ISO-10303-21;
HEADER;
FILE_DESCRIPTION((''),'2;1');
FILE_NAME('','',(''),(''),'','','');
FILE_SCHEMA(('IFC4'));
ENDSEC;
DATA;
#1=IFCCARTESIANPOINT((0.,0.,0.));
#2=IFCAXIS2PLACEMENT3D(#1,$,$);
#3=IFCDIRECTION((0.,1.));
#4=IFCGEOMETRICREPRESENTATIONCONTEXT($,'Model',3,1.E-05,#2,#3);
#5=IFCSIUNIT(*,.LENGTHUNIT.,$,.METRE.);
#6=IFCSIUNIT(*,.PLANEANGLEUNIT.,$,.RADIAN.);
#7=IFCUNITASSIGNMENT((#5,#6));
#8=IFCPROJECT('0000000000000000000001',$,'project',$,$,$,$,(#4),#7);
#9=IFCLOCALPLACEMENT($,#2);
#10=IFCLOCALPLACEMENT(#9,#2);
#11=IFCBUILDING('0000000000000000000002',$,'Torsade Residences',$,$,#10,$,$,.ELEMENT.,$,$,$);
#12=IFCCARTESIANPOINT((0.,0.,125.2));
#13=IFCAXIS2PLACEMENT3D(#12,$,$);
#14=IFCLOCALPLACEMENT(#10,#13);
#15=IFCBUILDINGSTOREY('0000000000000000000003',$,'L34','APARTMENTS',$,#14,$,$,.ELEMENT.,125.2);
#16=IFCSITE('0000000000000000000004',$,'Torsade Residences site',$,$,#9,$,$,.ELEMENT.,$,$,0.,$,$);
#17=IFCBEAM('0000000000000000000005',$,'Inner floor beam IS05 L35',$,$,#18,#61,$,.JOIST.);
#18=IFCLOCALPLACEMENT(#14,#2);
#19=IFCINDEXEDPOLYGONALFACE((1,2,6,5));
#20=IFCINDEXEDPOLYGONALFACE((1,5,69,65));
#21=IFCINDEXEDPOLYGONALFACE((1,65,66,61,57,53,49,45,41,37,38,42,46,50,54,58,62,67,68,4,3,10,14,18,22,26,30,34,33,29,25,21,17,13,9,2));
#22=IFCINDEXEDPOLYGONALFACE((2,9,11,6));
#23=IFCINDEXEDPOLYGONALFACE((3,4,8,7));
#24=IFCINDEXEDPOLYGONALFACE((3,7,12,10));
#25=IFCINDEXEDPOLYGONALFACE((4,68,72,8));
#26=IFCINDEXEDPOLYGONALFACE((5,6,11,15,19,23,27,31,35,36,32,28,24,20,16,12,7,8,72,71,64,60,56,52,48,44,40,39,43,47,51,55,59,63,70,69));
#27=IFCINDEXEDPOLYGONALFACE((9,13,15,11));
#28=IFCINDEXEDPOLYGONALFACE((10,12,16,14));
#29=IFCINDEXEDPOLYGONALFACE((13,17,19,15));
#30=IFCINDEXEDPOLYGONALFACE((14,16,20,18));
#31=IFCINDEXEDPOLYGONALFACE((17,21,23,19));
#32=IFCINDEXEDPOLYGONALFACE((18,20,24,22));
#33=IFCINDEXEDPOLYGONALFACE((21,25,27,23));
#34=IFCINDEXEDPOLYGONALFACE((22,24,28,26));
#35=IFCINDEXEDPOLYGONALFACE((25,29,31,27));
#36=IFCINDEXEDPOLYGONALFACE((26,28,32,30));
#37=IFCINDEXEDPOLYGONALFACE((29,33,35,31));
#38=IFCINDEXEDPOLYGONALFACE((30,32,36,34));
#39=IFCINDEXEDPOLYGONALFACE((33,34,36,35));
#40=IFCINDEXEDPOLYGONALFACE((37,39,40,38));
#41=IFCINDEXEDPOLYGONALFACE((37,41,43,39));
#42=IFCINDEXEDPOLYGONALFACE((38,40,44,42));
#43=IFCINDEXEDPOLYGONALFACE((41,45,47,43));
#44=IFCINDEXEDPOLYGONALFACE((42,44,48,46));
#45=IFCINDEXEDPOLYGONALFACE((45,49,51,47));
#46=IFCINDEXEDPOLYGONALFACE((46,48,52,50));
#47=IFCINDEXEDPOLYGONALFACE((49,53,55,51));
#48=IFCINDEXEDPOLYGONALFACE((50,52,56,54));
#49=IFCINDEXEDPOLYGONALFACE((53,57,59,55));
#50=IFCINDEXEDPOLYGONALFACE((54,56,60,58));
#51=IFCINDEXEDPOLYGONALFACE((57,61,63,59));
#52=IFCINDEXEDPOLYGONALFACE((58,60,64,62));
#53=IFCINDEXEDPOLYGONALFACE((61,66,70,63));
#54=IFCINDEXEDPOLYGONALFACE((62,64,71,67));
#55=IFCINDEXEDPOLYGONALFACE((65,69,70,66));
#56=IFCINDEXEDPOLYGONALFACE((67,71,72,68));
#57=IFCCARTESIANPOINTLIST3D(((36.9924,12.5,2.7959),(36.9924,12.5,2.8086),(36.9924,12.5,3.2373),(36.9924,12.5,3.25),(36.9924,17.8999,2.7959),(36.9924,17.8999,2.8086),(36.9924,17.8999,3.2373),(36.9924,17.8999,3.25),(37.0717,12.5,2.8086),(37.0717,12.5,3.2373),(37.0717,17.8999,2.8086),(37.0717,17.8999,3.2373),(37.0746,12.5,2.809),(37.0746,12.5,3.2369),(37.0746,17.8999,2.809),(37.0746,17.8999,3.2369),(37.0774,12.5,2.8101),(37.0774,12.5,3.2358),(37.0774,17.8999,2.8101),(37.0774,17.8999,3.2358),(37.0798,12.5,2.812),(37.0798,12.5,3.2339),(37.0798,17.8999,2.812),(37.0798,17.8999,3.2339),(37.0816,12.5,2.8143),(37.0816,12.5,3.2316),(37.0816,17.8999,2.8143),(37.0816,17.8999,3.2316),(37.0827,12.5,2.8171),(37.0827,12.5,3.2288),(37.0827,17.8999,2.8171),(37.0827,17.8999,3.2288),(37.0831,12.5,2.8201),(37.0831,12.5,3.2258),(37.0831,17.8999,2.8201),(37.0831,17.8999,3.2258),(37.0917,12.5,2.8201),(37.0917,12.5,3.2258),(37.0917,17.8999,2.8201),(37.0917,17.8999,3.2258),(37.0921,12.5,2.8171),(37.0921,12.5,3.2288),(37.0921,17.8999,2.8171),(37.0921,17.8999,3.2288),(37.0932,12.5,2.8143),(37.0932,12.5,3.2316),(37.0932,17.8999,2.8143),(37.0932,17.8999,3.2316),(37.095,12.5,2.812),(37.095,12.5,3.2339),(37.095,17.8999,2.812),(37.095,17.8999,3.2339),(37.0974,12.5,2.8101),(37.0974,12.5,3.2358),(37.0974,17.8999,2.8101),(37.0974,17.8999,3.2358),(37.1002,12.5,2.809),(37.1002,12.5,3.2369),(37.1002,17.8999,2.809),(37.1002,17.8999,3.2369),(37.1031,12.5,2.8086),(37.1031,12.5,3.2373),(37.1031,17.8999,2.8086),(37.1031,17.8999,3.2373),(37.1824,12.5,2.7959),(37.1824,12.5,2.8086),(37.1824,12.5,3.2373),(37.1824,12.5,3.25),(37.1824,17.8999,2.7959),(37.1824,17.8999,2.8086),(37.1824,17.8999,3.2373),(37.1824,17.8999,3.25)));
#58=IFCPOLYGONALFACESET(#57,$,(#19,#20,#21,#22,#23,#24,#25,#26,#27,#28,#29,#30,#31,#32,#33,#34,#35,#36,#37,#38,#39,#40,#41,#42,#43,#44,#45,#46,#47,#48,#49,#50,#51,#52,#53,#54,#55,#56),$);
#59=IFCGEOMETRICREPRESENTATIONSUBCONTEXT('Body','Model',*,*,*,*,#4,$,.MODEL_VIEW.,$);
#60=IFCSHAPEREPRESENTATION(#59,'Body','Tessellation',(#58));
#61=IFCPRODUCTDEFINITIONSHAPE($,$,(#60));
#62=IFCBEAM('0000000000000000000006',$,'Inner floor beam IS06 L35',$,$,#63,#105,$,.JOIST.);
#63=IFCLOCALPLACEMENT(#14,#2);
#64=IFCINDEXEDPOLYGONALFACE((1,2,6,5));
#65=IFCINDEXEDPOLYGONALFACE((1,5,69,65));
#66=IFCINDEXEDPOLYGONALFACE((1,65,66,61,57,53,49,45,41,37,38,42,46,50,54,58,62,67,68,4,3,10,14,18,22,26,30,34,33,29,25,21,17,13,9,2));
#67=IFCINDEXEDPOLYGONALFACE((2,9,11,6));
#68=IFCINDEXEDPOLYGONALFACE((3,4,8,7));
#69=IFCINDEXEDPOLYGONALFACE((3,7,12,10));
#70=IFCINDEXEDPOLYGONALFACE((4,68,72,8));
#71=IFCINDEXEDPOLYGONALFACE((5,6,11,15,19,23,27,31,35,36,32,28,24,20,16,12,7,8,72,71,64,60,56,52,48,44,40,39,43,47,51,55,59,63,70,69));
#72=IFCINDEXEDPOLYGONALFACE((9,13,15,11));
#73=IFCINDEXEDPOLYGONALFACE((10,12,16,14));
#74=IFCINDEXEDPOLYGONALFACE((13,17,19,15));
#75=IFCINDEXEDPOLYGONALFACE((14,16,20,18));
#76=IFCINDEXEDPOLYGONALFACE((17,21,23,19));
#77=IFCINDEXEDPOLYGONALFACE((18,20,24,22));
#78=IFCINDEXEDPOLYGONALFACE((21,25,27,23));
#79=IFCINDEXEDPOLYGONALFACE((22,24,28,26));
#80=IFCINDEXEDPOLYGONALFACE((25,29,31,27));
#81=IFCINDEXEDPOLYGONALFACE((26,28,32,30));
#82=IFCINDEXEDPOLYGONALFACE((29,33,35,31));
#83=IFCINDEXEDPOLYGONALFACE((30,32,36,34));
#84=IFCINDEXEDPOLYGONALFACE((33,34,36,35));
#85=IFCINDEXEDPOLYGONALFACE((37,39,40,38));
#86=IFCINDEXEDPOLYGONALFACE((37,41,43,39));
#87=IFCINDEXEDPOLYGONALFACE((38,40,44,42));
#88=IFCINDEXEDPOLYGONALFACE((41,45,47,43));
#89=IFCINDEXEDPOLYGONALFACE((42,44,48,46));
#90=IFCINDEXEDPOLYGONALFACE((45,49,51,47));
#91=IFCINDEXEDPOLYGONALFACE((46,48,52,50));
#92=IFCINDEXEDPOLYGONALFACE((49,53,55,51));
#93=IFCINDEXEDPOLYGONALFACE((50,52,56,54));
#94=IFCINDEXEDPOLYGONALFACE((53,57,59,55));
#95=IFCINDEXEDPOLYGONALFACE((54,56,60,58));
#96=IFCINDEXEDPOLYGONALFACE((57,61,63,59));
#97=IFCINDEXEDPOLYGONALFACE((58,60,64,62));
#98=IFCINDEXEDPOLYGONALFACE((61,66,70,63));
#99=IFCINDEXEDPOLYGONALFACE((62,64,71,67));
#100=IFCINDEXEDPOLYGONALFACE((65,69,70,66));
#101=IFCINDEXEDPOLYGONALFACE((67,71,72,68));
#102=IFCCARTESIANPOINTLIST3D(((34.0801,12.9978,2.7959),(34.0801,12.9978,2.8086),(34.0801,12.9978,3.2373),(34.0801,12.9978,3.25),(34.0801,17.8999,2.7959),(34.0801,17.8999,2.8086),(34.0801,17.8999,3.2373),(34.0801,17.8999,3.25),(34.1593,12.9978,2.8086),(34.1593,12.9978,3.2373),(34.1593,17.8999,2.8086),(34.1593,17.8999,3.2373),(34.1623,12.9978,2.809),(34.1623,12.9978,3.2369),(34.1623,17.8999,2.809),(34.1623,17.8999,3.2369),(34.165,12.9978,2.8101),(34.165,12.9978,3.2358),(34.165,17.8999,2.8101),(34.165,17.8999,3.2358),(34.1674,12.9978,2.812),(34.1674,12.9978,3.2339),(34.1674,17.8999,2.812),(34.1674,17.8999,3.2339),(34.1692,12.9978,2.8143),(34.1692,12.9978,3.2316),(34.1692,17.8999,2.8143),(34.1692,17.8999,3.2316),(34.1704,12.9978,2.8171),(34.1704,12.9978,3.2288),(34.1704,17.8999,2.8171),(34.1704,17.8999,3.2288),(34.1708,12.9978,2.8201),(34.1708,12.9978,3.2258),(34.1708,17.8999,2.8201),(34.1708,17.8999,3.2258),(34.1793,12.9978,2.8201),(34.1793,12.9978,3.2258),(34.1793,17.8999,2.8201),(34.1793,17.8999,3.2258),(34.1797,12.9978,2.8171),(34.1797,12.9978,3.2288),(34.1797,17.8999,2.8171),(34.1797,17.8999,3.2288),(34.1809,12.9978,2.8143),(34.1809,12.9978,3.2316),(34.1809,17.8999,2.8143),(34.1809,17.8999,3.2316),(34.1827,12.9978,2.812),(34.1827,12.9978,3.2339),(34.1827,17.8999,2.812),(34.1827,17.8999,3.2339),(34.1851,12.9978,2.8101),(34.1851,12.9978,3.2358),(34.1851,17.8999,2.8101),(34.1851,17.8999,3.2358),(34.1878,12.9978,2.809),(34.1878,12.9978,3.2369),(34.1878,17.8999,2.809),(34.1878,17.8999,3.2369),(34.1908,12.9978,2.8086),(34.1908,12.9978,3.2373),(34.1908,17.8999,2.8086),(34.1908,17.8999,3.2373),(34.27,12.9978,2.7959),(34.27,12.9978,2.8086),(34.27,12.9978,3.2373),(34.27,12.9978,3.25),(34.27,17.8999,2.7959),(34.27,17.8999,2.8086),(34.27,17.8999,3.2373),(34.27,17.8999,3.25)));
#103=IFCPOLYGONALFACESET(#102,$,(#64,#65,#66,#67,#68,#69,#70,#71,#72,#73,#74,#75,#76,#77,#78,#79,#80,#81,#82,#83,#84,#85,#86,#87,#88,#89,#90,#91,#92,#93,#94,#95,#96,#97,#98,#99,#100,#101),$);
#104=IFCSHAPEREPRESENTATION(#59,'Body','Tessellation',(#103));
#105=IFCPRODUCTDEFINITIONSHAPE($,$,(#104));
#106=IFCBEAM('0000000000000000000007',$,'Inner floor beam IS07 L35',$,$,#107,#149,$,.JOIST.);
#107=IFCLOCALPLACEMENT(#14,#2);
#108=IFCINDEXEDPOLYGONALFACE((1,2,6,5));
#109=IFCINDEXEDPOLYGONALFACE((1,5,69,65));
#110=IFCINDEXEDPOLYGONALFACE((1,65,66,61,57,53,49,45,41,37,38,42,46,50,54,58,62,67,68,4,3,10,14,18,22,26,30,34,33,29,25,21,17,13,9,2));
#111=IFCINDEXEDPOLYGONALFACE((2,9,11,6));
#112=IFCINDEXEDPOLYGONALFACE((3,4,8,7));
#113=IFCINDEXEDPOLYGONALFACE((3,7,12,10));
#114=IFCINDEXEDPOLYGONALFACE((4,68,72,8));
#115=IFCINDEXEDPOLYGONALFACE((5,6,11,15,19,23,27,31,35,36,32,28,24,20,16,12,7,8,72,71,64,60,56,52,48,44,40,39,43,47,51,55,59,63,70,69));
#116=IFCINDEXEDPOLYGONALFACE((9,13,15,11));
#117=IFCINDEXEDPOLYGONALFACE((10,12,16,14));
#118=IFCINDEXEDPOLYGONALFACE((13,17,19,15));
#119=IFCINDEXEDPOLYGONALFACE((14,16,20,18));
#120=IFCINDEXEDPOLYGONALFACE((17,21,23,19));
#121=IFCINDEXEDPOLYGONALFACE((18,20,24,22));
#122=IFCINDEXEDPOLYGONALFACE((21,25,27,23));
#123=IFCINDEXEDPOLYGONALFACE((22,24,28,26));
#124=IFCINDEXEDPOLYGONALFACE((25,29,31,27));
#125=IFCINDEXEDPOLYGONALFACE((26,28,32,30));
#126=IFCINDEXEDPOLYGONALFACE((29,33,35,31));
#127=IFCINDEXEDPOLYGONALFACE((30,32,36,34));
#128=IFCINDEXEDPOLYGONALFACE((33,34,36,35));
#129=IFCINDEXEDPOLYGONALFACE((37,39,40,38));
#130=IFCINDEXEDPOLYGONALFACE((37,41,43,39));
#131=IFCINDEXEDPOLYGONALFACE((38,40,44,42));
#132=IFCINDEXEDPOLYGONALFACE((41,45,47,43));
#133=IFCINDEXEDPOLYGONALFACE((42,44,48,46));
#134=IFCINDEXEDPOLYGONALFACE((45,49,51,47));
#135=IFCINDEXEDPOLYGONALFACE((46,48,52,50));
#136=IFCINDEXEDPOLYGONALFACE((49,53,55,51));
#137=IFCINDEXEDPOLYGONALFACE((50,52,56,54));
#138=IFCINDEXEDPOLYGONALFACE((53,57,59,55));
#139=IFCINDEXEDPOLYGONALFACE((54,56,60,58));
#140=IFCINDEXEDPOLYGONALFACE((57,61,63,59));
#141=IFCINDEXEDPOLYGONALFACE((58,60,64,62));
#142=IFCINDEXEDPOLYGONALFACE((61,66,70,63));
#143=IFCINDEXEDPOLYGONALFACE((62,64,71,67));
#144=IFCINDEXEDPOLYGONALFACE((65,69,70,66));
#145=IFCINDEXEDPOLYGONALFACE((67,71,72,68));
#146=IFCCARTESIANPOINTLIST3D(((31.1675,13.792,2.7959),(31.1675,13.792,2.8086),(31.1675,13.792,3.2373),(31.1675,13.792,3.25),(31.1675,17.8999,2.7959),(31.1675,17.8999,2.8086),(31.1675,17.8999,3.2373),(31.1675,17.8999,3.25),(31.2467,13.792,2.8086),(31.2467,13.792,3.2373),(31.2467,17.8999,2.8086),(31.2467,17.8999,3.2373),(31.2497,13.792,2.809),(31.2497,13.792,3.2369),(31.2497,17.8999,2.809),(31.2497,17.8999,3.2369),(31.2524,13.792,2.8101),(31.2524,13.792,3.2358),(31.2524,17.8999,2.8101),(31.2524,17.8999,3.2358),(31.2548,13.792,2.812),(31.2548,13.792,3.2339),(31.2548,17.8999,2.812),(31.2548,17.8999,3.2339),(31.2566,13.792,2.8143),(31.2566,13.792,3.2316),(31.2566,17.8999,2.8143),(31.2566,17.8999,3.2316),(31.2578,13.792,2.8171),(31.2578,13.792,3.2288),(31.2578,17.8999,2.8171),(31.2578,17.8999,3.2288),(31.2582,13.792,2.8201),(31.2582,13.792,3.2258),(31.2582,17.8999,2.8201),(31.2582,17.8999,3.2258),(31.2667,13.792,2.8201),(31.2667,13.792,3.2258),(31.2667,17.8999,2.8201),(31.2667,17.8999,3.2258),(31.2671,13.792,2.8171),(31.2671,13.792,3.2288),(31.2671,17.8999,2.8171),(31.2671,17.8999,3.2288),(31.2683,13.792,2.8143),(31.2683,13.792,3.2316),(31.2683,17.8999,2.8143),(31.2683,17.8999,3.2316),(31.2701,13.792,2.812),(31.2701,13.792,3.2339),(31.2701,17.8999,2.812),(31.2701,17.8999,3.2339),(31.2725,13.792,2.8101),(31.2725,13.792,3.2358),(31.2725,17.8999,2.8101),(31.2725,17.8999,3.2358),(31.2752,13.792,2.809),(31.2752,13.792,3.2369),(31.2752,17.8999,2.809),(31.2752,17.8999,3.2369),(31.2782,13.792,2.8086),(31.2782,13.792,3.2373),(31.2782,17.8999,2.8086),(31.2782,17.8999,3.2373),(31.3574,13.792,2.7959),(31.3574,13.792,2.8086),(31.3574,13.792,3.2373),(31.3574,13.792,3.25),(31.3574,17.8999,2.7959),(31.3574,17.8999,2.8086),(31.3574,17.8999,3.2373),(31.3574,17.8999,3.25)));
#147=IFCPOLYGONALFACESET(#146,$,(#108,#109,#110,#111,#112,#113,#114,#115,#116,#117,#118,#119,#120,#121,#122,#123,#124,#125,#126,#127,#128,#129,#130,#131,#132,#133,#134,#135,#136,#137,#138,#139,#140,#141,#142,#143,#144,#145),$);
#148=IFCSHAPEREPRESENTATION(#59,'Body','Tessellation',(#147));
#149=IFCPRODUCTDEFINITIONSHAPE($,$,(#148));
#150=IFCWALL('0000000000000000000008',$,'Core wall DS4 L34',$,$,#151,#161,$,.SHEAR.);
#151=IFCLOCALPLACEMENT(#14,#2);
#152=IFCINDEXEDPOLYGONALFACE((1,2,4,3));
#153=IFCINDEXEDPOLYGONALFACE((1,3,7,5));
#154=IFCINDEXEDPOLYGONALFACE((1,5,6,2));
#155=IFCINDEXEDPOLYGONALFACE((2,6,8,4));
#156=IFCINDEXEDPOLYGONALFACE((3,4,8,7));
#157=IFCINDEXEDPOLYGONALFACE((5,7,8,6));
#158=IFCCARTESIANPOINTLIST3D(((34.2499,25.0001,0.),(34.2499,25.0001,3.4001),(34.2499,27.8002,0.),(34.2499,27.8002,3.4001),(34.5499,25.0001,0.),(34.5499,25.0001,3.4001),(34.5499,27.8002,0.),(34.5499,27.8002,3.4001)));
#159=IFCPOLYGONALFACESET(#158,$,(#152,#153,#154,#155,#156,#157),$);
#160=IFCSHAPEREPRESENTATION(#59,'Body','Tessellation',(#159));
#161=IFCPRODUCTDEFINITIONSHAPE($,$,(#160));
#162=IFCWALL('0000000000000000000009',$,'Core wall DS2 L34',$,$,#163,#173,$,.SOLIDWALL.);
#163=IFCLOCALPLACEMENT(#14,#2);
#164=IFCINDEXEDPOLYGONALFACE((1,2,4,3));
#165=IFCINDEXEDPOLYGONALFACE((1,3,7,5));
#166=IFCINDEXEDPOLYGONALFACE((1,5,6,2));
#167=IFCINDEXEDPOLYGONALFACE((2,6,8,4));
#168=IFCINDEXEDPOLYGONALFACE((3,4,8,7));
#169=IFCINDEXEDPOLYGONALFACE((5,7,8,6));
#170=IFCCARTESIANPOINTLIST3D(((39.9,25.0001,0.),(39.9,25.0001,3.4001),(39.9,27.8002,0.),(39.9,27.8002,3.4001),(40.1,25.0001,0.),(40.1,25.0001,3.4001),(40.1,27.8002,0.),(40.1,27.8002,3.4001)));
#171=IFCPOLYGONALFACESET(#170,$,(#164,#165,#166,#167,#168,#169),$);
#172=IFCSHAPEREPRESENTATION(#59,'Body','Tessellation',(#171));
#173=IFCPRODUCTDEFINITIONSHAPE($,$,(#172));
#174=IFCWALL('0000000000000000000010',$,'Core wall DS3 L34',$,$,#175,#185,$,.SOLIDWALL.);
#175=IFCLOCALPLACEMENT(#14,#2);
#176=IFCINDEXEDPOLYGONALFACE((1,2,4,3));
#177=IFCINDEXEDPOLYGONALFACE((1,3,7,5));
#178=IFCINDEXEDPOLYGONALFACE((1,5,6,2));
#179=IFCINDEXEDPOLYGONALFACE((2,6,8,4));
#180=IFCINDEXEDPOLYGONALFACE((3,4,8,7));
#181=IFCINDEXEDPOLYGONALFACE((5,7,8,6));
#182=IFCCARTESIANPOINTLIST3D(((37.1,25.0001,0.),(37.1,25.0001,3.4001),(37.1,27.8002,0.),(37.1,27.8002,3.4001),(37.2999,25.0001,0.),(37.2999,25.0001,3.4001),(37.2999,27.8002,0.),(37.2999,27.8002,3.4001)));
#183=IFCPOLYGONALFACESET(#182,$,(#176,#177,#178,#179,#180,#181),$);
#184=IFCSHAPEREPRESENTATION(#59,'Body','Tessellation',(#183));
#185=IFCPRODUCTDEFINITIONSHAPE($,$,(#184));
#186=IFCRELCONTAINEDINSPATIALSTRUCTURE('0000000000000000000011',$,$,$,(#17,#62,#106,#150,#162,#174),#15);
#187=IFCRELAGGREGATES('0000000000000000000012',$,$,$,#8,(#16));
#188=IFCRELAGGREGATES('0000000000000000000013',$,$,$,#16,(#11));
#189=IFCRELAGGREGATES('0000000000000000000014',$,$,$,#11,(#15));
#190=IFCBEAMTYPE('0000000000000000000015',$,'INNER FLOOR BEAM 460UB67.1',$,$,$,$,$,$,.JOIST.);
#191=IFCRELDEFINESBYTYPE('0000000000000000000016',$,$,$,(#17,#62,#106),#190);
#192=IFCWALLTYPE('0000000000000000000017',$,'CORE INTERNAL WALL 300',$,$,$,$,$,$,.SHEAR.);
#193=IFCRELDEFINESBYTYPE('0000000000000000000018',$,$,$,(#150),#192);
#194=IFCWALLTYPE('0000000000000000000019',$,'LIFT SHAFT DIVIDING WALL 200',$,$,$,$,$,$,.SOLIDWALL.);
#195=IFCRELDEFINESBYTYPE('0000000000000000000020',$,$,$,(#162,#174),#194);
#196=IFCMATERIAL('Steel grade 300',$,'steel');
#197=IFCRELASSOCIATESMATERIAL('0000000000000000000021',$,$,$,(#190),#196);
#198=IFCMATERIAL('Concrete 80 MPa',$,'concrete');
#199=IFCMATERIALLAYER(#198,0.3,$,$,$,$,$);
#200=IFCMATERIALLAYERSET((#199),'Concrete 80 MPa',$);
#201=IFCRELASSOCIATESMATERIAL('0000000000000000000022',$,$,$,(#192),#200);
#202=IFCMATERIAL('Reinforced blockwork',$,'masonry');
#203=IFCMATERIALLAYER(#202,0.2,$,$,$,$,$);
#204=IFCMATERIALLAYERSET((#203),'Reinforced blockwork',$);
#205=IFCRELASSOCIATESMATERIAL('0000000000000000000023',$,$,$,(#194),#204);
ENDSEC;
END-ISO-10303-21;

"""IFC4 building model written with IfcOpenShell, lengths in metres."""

from ifc_helpers import new_model, si_unit, direction, frame, frame_2d, origin, origin_2d, place, context, subcontext, project, spatial, rectangle, i_section, extrude, material, layer, layer_set, material_profile, profile_set, type_object, element, save


model = new_model("IFC4")

# Units and contexts
model_context = context("Model", 3, precision=1e-05, world=origin(), true_north=direction((0.0, 1.0)))
body_context = subcontext(model_context, "Body", "Model", "MODEL_VIEW")
ifc_project = project(units=[si_unit("LENGTHUNIT", "METRE"), si_unit("PLANEANGLEUNIT", "RADIAN")], contexts=[model_context])

# Site, building, storey
site_placement = place(None, origin())
site = spatial("IfcSite", under=ifc_project, at=site_placement, Name="Torsade Residences site", CompositionType="ELEMENT", RefElevation=0.0)
building_placement = place(site_placement, origin())
building = spatial("IfcBuilding", under=site, at=building_placement, Name="Torsade Residences", CompositionType="ELEMENT")
storey_placement = place(building_placement, frame((0.0, 0.0, 125.2)))
storey = spatial("IfcBuildingStorey", under=building, at=storey_placement, Name="L34", Description="APARTMENTS", CompositionType="ELEMENT", Elevation=125.2)

# Beams
ifc_material_1 = material(Name="Steel grade 300", Category="steel")
ifc_material_profile = material_profile(ifc_material_1, i_section(OverallWidth=0.1899, OverallDepth=0.4541, WebThickness=0.0085, FlangeThickness=0.0127, FilletRadius=0.0115, at=origin_2d()), Name="460UB67.1")
ifc_profile_set = profile_set([ifc_material_profile], Name="Steel grade 300")
beam_type = type_object("IfcBeamType", Name="INNER FLOOR BEAM 460UB67.1", PredefinedType="JOIST", material=ifc_profile_set)
beam_1_placement = place(storey_placement, frame((37.0874, 17.8999, 3.0229), z_axis=(0.0, -1.0, 0.0), x_axis=(1.0, 0.0, 0.0)))
element("IfcBeam", 1, at=beam_1_placement, inside=storey, type_object=beam_type, Name="Inner floor beam IS05 L35", PredefinedType="JOIST", context=body_context, shape_type="SweptSolid", body=[
    extrude(i_section(OverallWidth=0.1899, OverallDepth=0.4541, WebThickness=0.0085, FlangeThickness=0.0127, FilletRadius=0.0115, at=origin_2d()), origin(), (0.0, 0.0, 1.0), 5.3999),
])
beam_2_placement = place(storey_placement, frame((34.175, 17.8999, 3.0229), z_axis=(0.0, -1.0, 0.0), x_axis=(1.0, 0.0, 0.0)))
element("IfcBeam", 2, at=beam_2_placement, inside=storey, type_object=beam_type, Name="Inner floor beam IS06 L35", PredefinedType="JOIST", context=body_context, shape_type="SweptSolid", body=[
    extrude(i_section(OverallWidth=0.1899, OverallDepth=0.4541, WebThickness=0.0085, FlangeThickness=0.0127, FilletRadius=0.0115, at=origin_2d()), origin(), (0.0, 0.0, 1.0), 4.9021),
])
beam_3_placement = place(storey_placement, frame((31.2625, 17.8999, 3.0229), z_axis=(0.0, -1.0, 0.0), x_axis=(1.0, 0.0, 0.0)))
element("IfcBeam", 3, at=beam_3_placement, inside=storey, type_object=beam_type, Name="Inner floor beam IS07 L35", PredefinedType="JOIST", context=body_context, shape_type="SweptSolid", body=[
    extrude(i_section(OverallWidth=0.1899, OverallDepth=0.4541, WebThickness=0.0085, FlangeThickness=0.0127, FilletRadius=0.0115, at=origin_2d()), origin(), (0.0, 0.0, 1.0), 4.1079),
])

# Walls
ifc_material_2 = material(Name="Concrete 80 MPa", Category="concrete")
ifc_layer_1 = layer(ifc_material_2, 0.3)
ifc_layer_set_1 = layer_set([ifc_layer_1], Name="Concrete 80 MPa")
wall_type_1 = type_object("IfcWallType", Name="CORE INTERNAL WALL 300", PredefinedType="SHEAR", material=ifc_layer_set_1)
wall_1_placement = place(storey_placement, frame((34.3999, 27.8, 0.0), z_axis=(0.0, 0.0, 1.0), x_axis=(0.0, -1.0, 0.0)))
element("IfcWall", 4, at=wall_1_placement, inside=storey, type_object=wall_type_1, Name="Core wall DS4 L34", PredefinedType="SHEAR", context=body_context, shape_type="SweptSolid", body=[
    extrude(rectangle(XDim=2.8, YDim=0.3, at=frame_2d((1.3999, 0.0))), origin(), (0.0, 0.0, 1.0), 3.4001),
])
ifc_material_3 = material(Name="Reinforced blockwork", Category="masonry")
ifc_layer_2 = layer(ifc_material_3, 0.2)
ifc_layer_set_2 = layer_set([ifc_layer_2], Name="Reinforced blockwork")
wall_type_2 = type_object("IfcWallType", Name="LIFT SHAFT DIVIDING WALL 200", PredefinedType="SOLIDWALL", material=ifc_layer_set_2)
for number, where, z_axis, x_axis, name in (
    (5, (40.0, 27.8, 0.0), (0.0, 0.0, 1.0), (0.0, -1.0, 0.0), "Core wall DS2 L34"),
    (6, (37.2, 27.8, 0.0), (0.0, 0.0, 1.0), (0.0, -1.0, 0.0), "Core wall DS3 L34"),
):
    element("IfcWall", number, at=place(storey_placement, frame(where, z_axis=z_axis, x_axis=x_axis)), inside=storey, type_object=wall_type_2, Name=name, PredefinedType="SOLIDWALL", context=body_context, shape_type="SweptSolid", body=[
        extrude(rectangle(XDim=2.8, YDim=0.2, at=frame_2d((1.3999, 0.0))), origin(), (0.0, 0.0, 1.0), 3.4001),
    ])

save(model, "model.ifc")
